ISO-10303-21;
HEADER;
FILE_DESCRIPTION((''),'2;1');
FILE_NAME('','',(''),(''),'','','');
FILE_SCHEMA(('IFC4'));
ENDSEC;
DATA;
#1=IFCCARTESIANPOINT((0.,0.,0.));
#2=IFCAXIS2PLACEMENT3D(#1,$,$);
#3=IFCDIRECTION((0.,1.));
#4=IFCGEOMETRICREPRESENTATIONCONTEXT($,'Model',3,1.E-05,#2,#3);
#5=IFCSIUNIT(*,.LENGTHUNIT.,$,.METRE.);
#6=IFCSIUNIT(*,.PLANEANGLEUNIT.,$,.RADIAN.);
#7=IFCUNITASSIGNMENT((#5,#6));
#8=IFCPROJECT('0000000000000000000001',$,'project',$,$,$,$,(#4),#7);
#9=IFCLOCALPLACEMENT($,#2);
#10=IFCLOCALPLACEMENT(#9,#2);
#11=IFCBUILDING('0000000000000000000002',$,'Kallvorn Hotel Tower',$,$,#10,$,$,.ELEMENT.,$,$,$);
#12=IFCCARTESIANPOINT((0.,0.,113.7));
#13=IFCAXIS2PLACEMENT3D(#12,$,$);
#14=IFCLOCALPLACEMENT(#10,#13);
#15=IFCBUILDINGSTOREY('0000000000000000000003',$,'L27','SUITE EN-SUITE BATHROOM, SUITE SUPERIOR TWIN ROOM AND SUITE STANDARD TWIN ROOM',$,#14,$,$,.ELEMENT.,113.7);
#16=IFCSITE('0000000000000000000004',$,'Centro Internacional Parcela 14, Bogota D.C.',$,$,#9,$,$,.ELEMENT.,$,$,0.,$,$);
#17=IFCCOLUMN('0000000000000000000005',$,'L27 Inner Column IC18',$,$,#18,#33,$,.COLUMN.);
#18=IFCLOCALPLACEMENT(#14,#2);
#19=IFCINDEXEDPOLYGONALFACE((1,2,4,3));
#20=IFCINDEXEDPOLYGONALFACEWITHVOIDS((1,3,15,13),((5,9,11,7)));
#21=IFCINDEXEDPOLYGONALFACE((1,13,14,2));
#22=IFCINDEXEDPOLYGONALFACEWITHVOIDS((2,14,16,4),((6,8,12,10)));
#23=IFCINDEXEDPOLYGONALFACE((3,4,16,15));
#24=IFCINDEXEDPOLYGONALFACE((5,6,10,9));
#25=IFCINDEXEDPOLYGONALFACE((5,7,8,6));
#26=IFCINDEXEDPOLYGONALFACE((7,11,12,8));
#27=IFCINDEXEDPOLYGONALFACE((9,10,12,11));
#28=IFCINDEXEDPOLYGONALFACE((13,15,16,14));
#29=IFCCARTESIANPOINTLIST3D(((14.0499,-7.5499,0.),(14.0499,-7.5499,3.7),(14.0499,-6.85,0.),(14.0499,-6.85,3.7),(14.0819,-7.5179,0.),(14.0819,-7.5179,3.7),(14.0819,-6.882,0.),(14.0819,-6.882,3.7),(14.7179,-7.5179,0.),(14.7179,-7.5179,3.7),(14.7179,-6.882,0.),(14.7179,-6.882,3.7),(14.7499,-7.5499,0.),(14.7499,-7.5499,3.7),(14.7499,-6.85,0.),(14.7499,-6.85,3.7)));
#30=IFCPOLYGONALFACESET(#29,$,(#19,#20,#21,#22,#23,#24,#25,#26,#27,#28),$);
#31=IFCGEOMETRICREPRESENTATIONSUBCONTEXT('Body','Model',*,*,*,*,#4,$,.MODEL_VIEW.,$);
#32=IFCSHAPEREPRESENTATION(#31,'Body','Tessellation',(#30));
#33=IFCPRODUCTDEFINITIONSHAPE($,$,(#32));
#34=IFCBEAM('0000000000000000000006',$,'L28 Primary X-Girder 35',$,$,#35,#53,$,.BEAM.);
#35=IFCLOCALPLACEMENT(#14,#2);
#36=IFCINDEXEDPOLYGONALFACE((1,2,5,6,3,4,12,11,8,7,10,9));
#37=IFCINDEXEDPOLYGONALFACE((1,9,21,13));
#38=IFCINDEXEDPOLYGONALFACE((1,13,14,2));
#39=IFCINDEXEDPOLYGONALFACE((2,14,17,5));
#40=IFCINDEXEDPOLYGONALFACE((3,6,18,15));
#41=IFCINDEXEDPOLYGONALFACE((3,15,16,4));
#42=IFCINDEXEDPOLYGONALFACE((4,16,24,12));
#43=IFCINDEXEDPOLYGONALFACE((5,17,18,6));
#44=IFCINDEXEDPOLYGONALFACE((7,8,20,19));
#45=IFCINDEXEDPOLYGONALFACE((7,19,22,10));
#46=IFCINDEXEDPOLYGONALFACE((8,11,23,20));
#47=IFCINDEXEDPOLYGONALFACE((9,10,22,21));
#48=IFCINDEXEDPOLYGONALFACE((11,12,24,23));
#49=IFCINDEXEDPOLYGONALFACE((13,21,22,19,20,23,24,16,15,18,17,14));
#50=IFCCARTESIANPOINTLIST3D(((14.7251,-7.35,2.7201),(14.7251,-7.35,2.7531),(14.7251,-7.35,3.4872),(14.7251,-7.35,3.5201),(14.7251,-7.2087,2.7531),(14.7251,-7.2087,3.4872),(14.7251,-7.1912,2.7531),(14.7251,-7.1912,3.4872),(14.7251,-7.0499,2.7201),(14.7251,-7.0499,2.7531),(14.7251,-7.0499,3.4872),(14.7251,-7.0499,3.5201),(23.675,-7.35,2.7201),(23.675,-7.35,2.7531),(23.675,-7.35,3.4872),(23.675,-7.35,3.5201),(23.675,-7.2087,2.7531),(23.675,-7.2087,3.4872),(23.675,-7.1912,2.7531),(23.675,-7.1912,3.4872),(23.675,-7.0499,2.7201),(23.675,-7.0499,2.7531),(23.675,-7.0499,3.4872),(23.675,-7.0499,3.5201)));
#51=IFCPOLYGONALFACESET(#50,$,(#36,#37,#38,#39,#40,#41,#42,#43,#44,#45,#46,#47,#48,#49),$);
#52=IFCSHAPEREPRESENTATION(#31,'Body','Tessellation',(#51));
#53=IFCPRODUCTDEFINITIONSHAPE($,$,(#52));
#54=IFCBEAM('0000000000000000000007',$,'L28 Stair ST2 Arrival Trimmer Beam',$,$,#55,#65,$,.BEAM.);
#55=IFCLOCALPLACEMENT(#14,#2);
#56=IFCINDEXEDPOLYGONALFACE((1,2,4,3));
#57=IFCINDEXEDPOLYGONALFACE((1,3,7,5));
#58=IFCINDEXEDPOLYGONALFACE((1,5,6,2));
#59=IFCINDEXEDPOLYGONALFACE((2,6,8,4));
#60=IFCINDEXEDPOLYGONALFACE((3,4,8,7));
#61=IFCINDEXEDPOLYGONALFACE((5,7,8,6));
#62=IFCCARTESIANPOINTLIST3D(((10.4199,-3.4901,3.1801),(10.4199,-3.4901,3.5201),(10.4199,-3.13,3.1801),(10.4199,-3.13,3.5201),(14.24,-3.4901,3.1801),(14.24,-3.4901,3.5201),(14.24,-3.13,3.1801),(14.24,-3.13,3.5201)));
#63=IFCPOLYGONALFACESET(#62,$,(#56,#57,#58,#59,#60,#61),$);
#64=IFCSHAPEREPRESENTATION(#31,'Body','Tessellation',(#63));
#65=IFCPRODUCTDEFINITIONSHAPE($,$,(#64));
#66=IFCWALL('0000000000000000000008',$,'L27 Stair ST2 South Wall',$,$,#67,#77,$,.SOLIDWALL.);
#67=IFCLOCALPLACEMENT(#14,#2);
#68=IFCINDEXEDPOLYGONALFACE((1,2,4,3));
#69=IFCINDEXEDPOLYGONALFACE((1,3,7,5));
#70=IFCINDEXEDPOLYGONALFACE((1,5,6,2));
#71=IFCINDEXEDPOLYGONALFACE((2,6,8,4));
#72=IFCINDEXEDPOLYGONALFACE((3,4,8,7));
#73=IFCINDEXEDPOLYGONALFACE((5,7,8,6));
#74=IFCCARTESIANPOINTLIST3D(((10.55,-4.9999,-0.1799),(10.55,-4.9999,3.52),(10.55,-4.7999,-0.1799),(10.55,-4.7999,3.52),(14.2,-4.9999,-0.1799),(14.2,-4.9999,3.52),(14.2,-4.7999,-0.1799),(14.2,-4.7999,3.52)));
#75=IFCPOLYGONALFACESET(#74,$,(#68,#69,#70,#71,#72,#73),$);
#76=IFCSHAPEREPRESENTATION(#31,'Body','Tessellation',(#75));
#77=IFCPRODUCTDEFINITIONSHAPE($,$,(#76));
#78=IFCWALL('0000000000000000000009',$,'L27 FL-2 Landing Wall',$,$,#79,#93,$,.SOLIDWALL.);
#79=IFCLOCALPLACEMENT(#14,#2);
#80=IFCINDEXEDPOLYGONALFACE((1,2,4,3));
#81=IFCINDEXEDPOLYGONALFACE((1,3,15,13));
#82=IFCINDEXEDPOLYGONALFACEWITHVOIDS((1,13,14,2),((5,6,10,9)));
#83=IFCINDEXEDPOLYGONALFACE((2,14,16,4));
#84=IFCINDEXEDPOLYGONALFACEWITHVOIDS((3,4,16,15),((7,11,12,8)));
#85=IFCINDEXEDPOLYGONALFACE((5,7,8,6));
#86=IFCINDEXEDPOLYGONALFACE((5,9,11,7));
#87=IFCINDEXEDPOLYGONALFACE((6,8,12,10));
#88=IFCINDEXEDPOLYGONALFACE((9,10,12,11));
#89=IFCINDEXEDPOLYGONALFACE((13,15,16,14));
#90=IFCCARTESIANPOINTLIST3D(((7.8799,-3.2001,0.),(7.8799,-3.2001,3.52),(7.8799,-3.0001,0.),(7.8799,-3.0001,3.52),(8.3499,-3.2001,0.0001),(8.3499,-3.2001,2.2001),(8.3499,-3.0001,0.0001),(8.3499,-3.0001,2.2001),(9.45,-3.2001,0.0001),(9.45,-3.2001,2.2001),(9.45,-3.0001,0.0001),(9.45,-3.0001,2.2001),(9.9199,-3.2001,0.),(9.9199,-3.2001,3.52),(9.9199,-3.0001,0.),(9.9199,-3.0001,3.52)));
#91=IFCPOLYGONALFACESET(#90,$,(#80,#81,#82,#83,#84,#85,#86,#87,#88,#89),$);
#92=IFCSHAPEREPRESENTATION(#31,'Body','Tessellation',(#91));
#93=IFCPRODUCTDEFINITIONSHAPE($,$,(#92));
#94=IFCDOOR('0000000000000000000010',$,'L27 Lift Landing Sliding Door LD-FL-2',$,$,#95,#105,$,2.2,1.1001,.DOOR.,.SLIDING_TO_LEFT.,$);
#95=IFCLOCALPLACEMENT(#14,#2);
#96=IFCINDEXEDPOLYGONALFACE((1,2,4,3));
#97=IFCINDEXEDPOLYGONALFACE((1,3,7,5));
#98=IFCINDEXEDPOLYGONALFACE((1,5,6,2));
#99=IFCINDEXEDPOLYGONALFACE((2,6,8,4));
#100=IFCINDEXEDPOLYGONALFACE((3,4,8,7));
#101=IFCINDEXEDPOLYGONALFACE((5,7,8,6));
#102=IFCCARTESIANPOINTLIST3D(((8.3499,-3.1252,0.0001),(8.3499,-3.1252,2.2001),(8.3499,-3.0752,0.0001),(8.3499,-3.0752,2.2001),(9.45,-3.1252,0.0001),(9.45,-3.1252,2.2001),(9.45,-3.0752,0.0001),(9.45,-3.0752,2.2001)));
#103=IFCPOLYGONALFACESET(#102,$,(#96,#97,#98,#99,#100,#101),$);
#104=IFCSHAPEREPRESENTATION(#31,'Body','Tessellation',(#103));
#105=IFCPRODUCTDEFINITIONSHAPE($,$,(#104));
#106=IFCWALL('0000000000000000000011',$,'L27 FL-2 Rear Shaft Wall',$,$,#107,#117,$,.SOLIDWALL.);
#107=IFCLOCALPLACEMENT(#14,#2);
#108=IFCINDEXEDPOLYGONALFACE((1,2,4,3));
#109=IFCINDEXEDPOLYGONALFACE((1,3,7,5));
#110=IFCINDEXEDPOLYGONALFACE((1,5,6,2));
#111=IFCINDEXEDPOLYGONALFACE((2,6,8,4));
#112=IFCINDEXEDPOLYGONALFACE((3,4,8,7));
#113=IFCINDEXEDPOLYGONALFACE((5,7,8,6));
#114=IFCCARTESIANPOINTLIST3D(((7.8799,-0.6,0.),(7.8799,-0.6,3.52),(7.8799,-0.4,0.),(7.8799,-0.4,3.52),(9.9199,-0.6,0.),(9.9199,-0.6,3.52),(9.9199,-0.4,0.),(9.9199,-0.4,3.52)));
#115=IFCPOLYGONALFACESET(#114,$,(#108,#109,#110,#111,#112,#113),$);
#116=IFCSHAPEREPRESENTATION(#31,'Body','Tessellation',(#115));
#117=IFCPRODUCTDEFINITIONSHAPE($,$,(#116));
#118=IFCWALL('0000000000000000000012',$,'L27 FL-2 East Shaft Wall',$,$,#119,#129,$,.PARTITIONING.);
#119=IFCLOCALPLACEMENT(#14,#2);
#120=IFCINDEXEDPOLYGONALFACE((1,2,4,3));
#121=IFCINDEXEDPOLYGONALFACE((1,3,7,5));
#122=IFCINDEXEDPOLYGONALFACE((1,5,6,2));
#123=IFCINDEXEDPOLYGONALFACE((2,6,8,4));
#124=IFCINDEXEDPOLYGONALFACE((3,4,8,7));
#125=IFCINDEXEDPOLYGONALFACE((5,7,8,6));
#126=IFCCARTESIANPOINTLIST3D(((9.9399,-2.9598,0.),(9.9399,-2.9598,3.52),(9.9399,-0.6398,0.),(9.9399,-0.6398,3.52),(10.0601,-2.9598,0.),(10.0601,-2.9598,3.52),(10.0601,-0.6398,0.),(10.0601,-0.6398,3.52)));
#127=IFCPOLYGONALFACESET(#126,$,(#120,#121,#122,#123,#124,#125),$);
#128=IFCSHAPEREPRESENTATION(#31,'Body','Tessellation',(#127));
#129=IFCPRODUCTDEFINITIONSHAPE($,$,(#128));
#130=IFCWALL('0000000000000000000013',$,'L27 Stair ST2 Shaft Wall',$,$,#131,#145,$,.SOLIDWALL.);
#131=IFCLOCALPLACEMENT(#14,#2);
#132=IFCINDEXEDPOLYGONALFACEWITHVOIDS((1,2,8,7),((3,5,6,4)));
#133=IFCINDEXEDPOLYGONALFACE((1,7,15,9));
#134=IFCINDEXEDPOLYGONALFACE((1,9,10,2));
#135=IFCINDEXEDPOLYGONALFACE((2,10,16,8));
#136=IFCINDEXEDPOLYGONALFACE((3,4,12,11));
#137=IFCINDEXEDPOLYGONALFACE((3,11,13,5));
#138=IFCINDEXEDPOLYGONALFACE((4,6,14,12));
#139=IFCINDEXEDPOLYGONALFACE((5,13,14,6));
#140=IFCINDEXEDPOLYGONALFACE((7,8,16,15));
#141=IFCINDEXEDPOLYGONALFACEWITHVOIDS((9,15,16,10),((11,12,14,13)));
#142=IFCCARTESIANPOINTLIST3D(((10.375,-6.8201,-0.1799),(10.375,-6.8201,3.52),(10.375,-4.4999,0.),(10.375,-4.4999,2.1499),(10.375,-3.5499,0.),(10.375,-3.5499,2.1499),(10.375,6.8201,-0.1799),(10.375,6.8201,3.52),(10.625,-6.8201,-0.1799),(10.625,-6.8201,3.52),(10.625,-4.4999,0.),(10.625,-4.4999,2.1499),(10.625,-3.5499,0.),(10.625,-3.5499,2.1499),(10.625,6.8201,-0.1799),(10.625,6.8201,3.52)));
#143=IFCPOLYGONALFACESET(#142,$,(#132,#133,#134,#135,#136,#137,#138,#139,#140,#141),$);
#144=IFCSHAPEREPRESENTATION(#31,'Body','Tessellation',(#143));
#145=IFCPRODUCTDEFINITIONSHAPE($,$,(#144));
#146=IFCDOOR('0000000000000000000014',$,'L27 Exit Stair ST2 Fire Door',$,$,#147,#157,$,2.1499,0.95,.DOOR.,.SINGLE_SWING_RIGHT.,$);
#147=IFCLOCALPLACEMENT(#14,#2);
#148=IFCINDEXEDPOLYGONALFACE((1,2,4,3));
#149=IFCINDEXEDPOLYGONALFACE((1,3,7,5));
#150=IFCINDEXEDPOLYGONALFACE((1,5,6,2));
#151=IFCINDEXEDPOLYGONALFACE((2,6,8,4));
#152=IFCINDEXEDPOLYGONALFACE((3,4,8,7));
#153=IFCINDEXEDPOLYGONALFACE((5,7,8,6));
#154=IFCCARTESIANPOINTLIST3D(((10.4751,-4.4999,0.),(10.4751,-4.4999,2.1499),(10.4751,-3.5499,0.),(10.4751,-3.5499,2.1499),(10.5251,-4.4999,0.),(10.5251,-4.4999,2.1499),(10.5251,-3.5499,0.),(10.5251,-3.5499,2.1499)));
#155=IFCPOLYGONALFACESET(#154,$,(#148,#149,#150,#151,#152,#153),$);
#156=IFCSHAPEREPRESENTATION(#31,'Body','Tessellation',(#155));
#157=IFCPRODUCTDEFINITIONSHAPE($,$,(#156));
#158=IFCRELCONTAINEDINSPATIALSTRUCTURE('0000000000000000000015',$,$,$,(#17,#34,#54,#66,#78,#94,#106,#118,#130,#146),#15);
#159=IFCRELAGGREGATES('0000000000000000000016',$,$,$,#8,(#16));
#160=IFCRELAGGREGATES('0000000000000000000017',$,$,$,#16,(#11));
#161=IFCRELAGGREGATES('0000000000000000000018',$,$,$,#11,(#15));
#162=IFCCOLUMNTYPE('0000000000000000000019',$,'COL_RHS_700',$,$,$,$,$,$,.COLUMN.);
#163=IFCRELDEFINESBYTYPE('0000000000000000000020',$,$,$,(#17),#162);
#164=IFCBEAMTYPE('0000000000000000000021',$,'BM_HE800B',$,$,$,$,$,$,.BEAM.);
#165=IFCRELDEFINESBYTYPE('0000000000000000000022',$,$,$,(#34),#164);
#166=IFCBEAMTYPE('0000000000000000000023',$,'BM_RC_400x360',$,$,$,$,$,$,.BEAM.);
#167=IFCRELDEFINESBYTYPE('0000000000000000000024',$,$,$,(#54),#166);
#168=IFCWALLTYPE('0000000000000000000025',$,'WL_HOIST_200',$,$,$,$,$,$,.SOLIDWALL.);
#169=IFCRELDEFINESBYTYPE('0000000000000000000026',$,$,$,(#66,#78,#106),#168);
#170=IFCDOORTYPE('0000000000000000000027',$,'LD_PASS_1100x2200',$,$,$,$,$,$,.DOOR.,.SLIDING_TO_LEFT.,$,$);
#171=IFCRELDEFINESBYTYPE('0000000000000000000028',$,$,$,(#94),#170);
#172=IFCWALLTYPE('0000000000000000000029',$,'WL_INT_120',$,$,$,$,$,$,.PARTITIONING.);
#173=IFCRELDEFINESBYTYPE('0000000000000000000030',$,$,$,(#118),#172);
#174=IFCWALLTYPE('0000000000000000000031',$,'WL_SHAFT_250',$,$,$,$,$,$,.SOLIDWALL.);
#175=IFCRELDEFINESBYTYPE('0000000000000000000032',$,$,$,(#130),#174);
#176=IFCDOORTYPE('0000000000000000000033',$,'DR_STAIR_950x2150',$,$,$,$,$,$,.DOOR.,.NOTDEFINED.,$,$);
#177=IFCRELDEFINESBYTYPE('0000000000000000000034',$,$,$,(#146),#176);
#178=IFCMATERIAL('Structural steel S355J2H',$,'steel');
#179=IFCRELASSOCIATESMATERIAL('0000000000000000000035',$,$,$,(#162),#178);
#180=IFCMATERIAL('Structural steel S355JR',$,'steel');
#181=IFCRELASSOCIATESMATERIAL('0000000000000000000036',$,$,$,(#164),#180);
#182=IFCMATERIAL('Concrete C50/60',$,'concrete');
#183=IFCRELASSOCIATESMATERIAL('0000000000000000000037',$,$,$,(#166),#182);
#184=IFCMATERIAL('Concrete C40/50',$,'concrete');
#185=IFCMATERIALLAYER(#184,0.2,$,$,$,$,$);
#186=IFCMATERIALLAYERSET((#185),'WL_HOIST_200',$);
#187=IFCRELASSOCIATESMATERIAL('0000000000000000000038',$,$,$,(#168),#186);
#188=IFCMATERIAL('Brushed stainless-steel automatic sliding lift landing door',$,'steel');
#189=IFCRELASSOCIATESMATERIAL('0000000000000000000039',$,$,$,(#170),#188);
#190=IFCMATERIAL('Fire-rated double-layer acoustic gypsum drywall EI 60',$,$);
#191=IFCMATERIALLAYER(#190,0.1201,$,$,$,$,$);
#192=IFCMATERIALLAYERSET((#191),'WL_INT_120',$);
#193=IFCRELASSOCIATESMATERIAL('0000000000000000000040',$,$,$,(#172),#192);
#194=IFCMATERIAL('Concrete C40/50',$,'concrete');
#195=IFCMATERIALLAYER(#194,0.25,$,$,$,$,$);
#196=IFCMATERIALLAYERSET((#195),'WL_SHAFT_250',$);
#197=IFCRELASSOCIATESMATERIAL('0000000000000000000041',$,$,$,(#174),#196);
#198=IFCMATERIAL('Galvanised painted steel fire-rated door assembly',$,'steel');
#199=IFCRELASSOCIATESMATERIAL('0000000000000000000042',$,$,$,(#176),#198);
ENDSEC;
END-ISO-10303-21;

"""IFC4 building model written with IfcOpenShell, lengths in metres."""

from ifc_helpers import new_model, si_unit, direction, frame, frame_2d, origin, origin_2d, place, context, subcontext, project, spatial, rectangle, hollow_rectangle, i_section, extrude, material, layer, layer_set, material_profile, profile_set, type_object, element, fill, save


model = new_model("IFC4")

# Units and contexts
model_context = context("Model", 3, precision=1e-05, world=origin(), true_north=direction((0.0, 1.0)))
body_context = subcontext(model_context, "Body", "Model", "MODEL_VIEW")
ifc_project = project(units=[si_unit("LENGTHUNIT", "METRE"), si_unit("PLANEANGLEUNIT", "RADIAN")], contexts=[model_context])

# Site, building, storey
site_placement = place(None, origin())
site = spatial("IfcSite", under=ifc_project, at=site_placement, Name="Centro Internacional Parcela 14, Bogota D.C.", CompositionType="ELEMENT", RefElevation=0.0)
building_placement = place(site_placement, origin())
building = spatial("IfcBuilding", under=site, at=building_placement, Name="Kallvorn Hotel Tower", CompositionType="ELEMENT")
storey_placement = place(building_placement, frame((0.0, 0.0, 113.7)))
storey = spatial("IfcBuildingStorey", under=building, at=storey_placement, Name="L27", Description="SUITE EN-SUITE BATHROOM, SUITE SUPERIOR TWIN ROOM AND SUITE STANDARD TWIN ROOM", CompositionType="ELEMENT", Elevation=113.7)

# Column
ifc_material_1 = material(Name="Structural steel S355J2H", Category="steel")
ifc_material_profile_1 = material_profile(ifc_material_1, hollow_rectangle(XDim=0.7, YDim=0.7, WallThickness=0.032, at=origin_2d()), Name="RHS 700x700x32")
ifc_profile_set_1 = profile_set([ifc_material_profile_1], Name="Structural steel S355J2H")
column_type = type_object("IfcColumnType", Name="COL_RHS_700", PredefinedType="COLUMN", material=ifc_profile_set_1)
column_placement = place(storey_placement, frame((14.3999, -7.2, 0.0), z_axis=(0.0, 0.0, 1.0), x_axis=(1.0, 0.0, 0.0)))
element("IfcColumn", 1, at=column_placement, inside=storey, type_object=column_type, Name="L27 Inner Column IC18", PredefinedType="COLUMN", context=body_context, shape_type="SweptSolid", body=[
    extrude(hollow_rectangle(XDim=0.7, YDim=0.7, WallThickness=0.032, at=origin_2d()), origin(), (0.0, 0.0, 1.0), 3.7),
])

# Beams
ifc_material_2 = material(Name="Structural steel S355JR", Category="steel")
ifc_material_profile_2 = material_profile(ifc_material_2, i_section(OverallWidth=0.3, OverallDepth=0.8, WebThickness=0.0176, FlangeThickness=0.033, at=origin_2d()), Name="HE 800 B")
ifc_profile_set_2 = profile_set([ifc_material_profile_2], Name="Structural steel S355JR")
beam_type_1 = type_object("IfcBeamType", Name="BM_HE800B", PredefinedType="BEAM", material=ifc_profile_set_2)
beam_1_placement = place(storey_placement, frame((14.7251, -7.2, 3.1201), z_axis=(1.0, 0.0, 0.0), x_axis=(0.0, 1.0, 0.0)))
element("IfcBeam", 2, at=beam_1_placement, inside=storey, type_object=beam_type_1, Name="L28 Primary X-Girder 35", PredefinedType="BEAM", context=body_context, shape_type="SweptSolid", body=[
    extrude(i_section(OverallWidth=0.3, OverallDepth=0.8, WebThickness=0.0176, FlangeThickness=0.033, at=origin_2d()), origin(), (0.0, 0.0, 1.0), 8.95),
])
ifc_material_3 = material(Name="Concrete C50/60", Category="concrete")
ifc_material_profile_3 = material_profile(ifc_material_3, rectangle(XDim=0.3601, YDim=0.3401, at=origin_2d()), Name="RC 360x340")
ifc_profile_set_3 = profile_set([ifc_material_profile_3], Name="Concrete C50/60")
beam_type_2 = type_object("IfcBeamType", Name="BM_RC_400x360", PredefinedType="BEAM", material=ifc_profile_set_3)
beam_2_placement = place(storey_placement, frame((14.24, -3.3101, 3.3501), z_axis=(-1.0, 0.0, 0.0), x_axis=(0.0, -1.0, 0.0)))
element("IfcBeam", 3, at=beam_2_placement, inside=storey, type_object=beam_type_2, Name="L28 Stair ST2 Arrival Trimmer Beam", PredefinedType="BEAM", context=body_context, shape_type="SweptSolid", body=[
    extrude(rectangle(XDim=0.3601, YDim=0.3401, at=origin_2d()), origin(), (0.0, 0.0, 1.0), 3.8201),
])

# Wall
ifc_material_4 = material(Name="Concrete C40/50", Category="concrete")
ifc_layer_1 = layer(ifc_material_4, 0.2)
ifc_layer_set_1 = layer_set([ifc_layer_1], Name="WL_HOIST_200")
wall_type_1 = type_object("IfcWallType", Name="WL_HOIST_200", PredefinedType="SOLIDWALL", material=ifc_layer_set_1)
wall_1_placement = place(storey_placement, frame((10.55, -4.8999, -0.1799), z_axis=(0.0, 0.0, 1.0), x_axis=(1.0, 0.0, 0.0)))
element("IfcWall", 4, at=wall_1_placement, inside=storey, type_object=wall_type_1, Name="L27 Stair ST2 South Wall", PredefinedType="SOLIDWALL", context=body_context, shape_type="SweptSolid", body=[
    extrude(rectangle(XDim=3.6499, YDim=0.2, at=frame_2d((1.825, 0.0))), origin(), (0.0, 0.0, 1.0), 3.7),
])

# Wall, opening, door
wall_2_placement = place(storey_placement, frame((7.8799, -3.1001, 0.0), z_axis=(0.0, 0.0, 1.0), x_axis=(1.0, 0.0, 0.0)))
wall_2 = element("IfcWall", 5, at=wall_2_placement, inside=storey, type_object=wall_type_1, Name="L27 FL-2 Landing Wall", PredefinedType="SOLIDWALL", context=body_context, shape_type="SweptSolid", body=[
    extrude(rectangle(XDim=2.04, YDim=0.2, at=frame_2d((1.02, 0.0))), origin(), (0.0, 0.0, 1.0), 3.52),
])
opening_1_placement = place(wall_2_placement, frame((0.47, 0.0, 0.0)))
opening_1 = element("IfcOpeningElement", 6, at=opening_1_placement, cuts=wall_2, PredefinedType="OPENING", context=body_context, shape_type="SweptSolid", body=[
    extrude(rectangle(XDim=1.1001, YDim=2.2, at=frame_2d((0.55, 1.1001))), frame((0.0, 0.115, 0.0), z_axis=(0.0, -1.0, 0.0), x_axis=(1.0, 0.0, 0.0)), (0.0, 0.0, 1.0), 0.23),
])
ifc_material_5 = material(Name="Brushed stainless-steel automatic sliding lift landing door", Category="steel")
door_type_1 = type_object("IfcDoorType", Name="LD_PASS_1100x2200", OperationType="SLIDING_TO_LEFT", PredefinedType="DOOR", material=ifc_material_5)
door_1_placement = place(opening_1_placement, origin())
door_1 = element("IfcDoor", 7, at=door_1_placement, inside=storey, type_object=door_type_1, Name="L27 Lift Landing Sliding Door LD-FL-2", OperationType="SLIDING_TO_LEFT", OverallHeight=2.2, OverallWidth=1.1001, PredefinedType="DOOR", context=body_context, shape_type="SweptSolid", body=[
    extrude(rectangle(XDim=1.1001, YDim=2.2, at=frame_2d((0.55, 1.1001))), frame((0.0, 0.0249, 0.0), z_axis=(0.0, -1.0, 0.0), x_axis=(1.0, 0.0, 0.0)), (0.0, 0.0, 1.0), 0.05),
])
fill(opening_1, door_1)

# Walls
wall_3_placement = place(storey_placement, frame((7.8799, -0.5, 0.0), z_axis=(0.0, 0.0, 1.0), x_axis=(1.0, 0.0, 0.0)))
element("IfcWall", 8, at=wall_3_placement, inside=storey, type_object=wall_type_1, Name="L27 FL-2 Rear Shaft Wall", PredefinedType="SOLIDWALL", context=body_context, shape_type="SweptSolid", body=[
    extrude(rectangle(XDim=2.04, YDim=0.2, at=frame_2d((1.02, 0.0))), origin(), (0.0, 0.0, 1.0), 3.52),
])
ifc_material_6 = material(Name="Fire-rated double-layer acoustic gypsum drywall EI 60")
ifc_layer_2 = layer(ifc_material_6, 0.1201)
ifc_layer_set_2 = layer_set([ifc_layer_2], Name="WL_INT_120")
wall_type_2 = type_object("IfcWallType", Name="WL_INT_120", PredefinedType="PARTITIONING", material=ifc_layer_set_2)
wall_4_placement = place(storey_placement, frame((10.0, -2.96, 0.0), z_axis=(0.0, 0.0, 1.0), x_axis=(0.0, 1.0, 0.0)))
element("IfcWall", 9, at=wall_4_placement, inside=storey, type_object=wall_type_2, Name="L27 FL-2 East Shaft Wall", PredefinedType="PARTITIONING", context=body_context, shape_type="SweptSolid", body=[
    extrude(rectangle(XDim=2.3201, YDim=0.1201, at=frame_2d((1.1602, 0.0))), origin(), (0.0, 0.0, 1.0), 3.52),
])

# Wall, opening, door
ifc_material_7 = material(Name="Concrete C40/50", Category="concrete")
ifc_layer_3 = layer(ifc_material_7, 0.25)
ifc_layer_set_3 = layer_set([ifc_layer_3], Name="WL_SHAFT_250")
wall_type_3 = type_object("IfcWallType", Name="WL_SHAFT_250", PredefinedType="SOLIDWALL", material=ifc_layer_set_3)
wall_5_placement = place(storey_placement, frame((10.5, -6.8201, -0.1799), z_axis=(0.0, 0.0, 1.0), x_axis=(0.0, 1.0, 0.0)))
wall_5 = element("IfcWall", 10, at=wall_5_placement, inside=storey, type_object=wall_type_3, Name="L27 Stair ST2 Shaft Wall", PredefinedType="SOLIDWALL", context=body_context, shape_type="SweptSolid", body=[
    extrude(rectangle(XDim=13.6401, YDim=0.25, at=frame_2d((6.8201, 0.0))), origin(), (0.0, 0.0, 1.0), 3.7),
])
opening_2_placement = place(wall_5_placement, frame((2.3201, 0.0, 0.1799)))
opening_2 = element("IfcOpeningElement", 11, at=opening_2_placement, cuts=wall_5, PredefinedType="OPENING", context=body_context, shape_type="SweptSolid", body=[
    extrude(rectangle(XDim=0.95, YDim=2.1499, at=frame_2d((0.4751, 1.075))), frame((0.0, 0.1399, 0.0), z_axis=(0.0, -1.0, 0.0), x_axis=(1.0, 0.0, 0.0)), (0.0, 0.0, 1.0), 0.28),
])
ifc_material_8 = material(Name="Galvanised painted steel fire-rated door assembly", Category="steel")
door_type_2 = type_object("IfcDoorType", Name="DR_STAIR_950x2150", OperationType="NOTDEFINED", PredefinedType="DOOR", material=ifc_material_8)
door_2_placement = place(opening_2_placement, origin())
door_2 = element("IfcDoor", 12, at=door_2_placement, inside=storey, type_object=door_type_2, Name="L27 Exit Stair ST2 Fire Door", OperationType="SINGLE_SWING_RIGHT", OverallHeight=2.1499, OverallWidth=0.95, PredefinedType="DOOR", context=body_context, shape_type="SweptSolid", body=[
    extrude(rectangle(XDim=0.95, YDim=2.1499, at=frame_2d((0.4751, 1.075))), frame((0.0, 0.0249, 0.0), z_axis=(0.0, -1.0, 0.0), x_axis=(1.0, 0.0, 0.0)), (0.0, 0.0, 1.0), 0.05),
])
fill(opening_2, door_2)

save(model, "model.ifc")
